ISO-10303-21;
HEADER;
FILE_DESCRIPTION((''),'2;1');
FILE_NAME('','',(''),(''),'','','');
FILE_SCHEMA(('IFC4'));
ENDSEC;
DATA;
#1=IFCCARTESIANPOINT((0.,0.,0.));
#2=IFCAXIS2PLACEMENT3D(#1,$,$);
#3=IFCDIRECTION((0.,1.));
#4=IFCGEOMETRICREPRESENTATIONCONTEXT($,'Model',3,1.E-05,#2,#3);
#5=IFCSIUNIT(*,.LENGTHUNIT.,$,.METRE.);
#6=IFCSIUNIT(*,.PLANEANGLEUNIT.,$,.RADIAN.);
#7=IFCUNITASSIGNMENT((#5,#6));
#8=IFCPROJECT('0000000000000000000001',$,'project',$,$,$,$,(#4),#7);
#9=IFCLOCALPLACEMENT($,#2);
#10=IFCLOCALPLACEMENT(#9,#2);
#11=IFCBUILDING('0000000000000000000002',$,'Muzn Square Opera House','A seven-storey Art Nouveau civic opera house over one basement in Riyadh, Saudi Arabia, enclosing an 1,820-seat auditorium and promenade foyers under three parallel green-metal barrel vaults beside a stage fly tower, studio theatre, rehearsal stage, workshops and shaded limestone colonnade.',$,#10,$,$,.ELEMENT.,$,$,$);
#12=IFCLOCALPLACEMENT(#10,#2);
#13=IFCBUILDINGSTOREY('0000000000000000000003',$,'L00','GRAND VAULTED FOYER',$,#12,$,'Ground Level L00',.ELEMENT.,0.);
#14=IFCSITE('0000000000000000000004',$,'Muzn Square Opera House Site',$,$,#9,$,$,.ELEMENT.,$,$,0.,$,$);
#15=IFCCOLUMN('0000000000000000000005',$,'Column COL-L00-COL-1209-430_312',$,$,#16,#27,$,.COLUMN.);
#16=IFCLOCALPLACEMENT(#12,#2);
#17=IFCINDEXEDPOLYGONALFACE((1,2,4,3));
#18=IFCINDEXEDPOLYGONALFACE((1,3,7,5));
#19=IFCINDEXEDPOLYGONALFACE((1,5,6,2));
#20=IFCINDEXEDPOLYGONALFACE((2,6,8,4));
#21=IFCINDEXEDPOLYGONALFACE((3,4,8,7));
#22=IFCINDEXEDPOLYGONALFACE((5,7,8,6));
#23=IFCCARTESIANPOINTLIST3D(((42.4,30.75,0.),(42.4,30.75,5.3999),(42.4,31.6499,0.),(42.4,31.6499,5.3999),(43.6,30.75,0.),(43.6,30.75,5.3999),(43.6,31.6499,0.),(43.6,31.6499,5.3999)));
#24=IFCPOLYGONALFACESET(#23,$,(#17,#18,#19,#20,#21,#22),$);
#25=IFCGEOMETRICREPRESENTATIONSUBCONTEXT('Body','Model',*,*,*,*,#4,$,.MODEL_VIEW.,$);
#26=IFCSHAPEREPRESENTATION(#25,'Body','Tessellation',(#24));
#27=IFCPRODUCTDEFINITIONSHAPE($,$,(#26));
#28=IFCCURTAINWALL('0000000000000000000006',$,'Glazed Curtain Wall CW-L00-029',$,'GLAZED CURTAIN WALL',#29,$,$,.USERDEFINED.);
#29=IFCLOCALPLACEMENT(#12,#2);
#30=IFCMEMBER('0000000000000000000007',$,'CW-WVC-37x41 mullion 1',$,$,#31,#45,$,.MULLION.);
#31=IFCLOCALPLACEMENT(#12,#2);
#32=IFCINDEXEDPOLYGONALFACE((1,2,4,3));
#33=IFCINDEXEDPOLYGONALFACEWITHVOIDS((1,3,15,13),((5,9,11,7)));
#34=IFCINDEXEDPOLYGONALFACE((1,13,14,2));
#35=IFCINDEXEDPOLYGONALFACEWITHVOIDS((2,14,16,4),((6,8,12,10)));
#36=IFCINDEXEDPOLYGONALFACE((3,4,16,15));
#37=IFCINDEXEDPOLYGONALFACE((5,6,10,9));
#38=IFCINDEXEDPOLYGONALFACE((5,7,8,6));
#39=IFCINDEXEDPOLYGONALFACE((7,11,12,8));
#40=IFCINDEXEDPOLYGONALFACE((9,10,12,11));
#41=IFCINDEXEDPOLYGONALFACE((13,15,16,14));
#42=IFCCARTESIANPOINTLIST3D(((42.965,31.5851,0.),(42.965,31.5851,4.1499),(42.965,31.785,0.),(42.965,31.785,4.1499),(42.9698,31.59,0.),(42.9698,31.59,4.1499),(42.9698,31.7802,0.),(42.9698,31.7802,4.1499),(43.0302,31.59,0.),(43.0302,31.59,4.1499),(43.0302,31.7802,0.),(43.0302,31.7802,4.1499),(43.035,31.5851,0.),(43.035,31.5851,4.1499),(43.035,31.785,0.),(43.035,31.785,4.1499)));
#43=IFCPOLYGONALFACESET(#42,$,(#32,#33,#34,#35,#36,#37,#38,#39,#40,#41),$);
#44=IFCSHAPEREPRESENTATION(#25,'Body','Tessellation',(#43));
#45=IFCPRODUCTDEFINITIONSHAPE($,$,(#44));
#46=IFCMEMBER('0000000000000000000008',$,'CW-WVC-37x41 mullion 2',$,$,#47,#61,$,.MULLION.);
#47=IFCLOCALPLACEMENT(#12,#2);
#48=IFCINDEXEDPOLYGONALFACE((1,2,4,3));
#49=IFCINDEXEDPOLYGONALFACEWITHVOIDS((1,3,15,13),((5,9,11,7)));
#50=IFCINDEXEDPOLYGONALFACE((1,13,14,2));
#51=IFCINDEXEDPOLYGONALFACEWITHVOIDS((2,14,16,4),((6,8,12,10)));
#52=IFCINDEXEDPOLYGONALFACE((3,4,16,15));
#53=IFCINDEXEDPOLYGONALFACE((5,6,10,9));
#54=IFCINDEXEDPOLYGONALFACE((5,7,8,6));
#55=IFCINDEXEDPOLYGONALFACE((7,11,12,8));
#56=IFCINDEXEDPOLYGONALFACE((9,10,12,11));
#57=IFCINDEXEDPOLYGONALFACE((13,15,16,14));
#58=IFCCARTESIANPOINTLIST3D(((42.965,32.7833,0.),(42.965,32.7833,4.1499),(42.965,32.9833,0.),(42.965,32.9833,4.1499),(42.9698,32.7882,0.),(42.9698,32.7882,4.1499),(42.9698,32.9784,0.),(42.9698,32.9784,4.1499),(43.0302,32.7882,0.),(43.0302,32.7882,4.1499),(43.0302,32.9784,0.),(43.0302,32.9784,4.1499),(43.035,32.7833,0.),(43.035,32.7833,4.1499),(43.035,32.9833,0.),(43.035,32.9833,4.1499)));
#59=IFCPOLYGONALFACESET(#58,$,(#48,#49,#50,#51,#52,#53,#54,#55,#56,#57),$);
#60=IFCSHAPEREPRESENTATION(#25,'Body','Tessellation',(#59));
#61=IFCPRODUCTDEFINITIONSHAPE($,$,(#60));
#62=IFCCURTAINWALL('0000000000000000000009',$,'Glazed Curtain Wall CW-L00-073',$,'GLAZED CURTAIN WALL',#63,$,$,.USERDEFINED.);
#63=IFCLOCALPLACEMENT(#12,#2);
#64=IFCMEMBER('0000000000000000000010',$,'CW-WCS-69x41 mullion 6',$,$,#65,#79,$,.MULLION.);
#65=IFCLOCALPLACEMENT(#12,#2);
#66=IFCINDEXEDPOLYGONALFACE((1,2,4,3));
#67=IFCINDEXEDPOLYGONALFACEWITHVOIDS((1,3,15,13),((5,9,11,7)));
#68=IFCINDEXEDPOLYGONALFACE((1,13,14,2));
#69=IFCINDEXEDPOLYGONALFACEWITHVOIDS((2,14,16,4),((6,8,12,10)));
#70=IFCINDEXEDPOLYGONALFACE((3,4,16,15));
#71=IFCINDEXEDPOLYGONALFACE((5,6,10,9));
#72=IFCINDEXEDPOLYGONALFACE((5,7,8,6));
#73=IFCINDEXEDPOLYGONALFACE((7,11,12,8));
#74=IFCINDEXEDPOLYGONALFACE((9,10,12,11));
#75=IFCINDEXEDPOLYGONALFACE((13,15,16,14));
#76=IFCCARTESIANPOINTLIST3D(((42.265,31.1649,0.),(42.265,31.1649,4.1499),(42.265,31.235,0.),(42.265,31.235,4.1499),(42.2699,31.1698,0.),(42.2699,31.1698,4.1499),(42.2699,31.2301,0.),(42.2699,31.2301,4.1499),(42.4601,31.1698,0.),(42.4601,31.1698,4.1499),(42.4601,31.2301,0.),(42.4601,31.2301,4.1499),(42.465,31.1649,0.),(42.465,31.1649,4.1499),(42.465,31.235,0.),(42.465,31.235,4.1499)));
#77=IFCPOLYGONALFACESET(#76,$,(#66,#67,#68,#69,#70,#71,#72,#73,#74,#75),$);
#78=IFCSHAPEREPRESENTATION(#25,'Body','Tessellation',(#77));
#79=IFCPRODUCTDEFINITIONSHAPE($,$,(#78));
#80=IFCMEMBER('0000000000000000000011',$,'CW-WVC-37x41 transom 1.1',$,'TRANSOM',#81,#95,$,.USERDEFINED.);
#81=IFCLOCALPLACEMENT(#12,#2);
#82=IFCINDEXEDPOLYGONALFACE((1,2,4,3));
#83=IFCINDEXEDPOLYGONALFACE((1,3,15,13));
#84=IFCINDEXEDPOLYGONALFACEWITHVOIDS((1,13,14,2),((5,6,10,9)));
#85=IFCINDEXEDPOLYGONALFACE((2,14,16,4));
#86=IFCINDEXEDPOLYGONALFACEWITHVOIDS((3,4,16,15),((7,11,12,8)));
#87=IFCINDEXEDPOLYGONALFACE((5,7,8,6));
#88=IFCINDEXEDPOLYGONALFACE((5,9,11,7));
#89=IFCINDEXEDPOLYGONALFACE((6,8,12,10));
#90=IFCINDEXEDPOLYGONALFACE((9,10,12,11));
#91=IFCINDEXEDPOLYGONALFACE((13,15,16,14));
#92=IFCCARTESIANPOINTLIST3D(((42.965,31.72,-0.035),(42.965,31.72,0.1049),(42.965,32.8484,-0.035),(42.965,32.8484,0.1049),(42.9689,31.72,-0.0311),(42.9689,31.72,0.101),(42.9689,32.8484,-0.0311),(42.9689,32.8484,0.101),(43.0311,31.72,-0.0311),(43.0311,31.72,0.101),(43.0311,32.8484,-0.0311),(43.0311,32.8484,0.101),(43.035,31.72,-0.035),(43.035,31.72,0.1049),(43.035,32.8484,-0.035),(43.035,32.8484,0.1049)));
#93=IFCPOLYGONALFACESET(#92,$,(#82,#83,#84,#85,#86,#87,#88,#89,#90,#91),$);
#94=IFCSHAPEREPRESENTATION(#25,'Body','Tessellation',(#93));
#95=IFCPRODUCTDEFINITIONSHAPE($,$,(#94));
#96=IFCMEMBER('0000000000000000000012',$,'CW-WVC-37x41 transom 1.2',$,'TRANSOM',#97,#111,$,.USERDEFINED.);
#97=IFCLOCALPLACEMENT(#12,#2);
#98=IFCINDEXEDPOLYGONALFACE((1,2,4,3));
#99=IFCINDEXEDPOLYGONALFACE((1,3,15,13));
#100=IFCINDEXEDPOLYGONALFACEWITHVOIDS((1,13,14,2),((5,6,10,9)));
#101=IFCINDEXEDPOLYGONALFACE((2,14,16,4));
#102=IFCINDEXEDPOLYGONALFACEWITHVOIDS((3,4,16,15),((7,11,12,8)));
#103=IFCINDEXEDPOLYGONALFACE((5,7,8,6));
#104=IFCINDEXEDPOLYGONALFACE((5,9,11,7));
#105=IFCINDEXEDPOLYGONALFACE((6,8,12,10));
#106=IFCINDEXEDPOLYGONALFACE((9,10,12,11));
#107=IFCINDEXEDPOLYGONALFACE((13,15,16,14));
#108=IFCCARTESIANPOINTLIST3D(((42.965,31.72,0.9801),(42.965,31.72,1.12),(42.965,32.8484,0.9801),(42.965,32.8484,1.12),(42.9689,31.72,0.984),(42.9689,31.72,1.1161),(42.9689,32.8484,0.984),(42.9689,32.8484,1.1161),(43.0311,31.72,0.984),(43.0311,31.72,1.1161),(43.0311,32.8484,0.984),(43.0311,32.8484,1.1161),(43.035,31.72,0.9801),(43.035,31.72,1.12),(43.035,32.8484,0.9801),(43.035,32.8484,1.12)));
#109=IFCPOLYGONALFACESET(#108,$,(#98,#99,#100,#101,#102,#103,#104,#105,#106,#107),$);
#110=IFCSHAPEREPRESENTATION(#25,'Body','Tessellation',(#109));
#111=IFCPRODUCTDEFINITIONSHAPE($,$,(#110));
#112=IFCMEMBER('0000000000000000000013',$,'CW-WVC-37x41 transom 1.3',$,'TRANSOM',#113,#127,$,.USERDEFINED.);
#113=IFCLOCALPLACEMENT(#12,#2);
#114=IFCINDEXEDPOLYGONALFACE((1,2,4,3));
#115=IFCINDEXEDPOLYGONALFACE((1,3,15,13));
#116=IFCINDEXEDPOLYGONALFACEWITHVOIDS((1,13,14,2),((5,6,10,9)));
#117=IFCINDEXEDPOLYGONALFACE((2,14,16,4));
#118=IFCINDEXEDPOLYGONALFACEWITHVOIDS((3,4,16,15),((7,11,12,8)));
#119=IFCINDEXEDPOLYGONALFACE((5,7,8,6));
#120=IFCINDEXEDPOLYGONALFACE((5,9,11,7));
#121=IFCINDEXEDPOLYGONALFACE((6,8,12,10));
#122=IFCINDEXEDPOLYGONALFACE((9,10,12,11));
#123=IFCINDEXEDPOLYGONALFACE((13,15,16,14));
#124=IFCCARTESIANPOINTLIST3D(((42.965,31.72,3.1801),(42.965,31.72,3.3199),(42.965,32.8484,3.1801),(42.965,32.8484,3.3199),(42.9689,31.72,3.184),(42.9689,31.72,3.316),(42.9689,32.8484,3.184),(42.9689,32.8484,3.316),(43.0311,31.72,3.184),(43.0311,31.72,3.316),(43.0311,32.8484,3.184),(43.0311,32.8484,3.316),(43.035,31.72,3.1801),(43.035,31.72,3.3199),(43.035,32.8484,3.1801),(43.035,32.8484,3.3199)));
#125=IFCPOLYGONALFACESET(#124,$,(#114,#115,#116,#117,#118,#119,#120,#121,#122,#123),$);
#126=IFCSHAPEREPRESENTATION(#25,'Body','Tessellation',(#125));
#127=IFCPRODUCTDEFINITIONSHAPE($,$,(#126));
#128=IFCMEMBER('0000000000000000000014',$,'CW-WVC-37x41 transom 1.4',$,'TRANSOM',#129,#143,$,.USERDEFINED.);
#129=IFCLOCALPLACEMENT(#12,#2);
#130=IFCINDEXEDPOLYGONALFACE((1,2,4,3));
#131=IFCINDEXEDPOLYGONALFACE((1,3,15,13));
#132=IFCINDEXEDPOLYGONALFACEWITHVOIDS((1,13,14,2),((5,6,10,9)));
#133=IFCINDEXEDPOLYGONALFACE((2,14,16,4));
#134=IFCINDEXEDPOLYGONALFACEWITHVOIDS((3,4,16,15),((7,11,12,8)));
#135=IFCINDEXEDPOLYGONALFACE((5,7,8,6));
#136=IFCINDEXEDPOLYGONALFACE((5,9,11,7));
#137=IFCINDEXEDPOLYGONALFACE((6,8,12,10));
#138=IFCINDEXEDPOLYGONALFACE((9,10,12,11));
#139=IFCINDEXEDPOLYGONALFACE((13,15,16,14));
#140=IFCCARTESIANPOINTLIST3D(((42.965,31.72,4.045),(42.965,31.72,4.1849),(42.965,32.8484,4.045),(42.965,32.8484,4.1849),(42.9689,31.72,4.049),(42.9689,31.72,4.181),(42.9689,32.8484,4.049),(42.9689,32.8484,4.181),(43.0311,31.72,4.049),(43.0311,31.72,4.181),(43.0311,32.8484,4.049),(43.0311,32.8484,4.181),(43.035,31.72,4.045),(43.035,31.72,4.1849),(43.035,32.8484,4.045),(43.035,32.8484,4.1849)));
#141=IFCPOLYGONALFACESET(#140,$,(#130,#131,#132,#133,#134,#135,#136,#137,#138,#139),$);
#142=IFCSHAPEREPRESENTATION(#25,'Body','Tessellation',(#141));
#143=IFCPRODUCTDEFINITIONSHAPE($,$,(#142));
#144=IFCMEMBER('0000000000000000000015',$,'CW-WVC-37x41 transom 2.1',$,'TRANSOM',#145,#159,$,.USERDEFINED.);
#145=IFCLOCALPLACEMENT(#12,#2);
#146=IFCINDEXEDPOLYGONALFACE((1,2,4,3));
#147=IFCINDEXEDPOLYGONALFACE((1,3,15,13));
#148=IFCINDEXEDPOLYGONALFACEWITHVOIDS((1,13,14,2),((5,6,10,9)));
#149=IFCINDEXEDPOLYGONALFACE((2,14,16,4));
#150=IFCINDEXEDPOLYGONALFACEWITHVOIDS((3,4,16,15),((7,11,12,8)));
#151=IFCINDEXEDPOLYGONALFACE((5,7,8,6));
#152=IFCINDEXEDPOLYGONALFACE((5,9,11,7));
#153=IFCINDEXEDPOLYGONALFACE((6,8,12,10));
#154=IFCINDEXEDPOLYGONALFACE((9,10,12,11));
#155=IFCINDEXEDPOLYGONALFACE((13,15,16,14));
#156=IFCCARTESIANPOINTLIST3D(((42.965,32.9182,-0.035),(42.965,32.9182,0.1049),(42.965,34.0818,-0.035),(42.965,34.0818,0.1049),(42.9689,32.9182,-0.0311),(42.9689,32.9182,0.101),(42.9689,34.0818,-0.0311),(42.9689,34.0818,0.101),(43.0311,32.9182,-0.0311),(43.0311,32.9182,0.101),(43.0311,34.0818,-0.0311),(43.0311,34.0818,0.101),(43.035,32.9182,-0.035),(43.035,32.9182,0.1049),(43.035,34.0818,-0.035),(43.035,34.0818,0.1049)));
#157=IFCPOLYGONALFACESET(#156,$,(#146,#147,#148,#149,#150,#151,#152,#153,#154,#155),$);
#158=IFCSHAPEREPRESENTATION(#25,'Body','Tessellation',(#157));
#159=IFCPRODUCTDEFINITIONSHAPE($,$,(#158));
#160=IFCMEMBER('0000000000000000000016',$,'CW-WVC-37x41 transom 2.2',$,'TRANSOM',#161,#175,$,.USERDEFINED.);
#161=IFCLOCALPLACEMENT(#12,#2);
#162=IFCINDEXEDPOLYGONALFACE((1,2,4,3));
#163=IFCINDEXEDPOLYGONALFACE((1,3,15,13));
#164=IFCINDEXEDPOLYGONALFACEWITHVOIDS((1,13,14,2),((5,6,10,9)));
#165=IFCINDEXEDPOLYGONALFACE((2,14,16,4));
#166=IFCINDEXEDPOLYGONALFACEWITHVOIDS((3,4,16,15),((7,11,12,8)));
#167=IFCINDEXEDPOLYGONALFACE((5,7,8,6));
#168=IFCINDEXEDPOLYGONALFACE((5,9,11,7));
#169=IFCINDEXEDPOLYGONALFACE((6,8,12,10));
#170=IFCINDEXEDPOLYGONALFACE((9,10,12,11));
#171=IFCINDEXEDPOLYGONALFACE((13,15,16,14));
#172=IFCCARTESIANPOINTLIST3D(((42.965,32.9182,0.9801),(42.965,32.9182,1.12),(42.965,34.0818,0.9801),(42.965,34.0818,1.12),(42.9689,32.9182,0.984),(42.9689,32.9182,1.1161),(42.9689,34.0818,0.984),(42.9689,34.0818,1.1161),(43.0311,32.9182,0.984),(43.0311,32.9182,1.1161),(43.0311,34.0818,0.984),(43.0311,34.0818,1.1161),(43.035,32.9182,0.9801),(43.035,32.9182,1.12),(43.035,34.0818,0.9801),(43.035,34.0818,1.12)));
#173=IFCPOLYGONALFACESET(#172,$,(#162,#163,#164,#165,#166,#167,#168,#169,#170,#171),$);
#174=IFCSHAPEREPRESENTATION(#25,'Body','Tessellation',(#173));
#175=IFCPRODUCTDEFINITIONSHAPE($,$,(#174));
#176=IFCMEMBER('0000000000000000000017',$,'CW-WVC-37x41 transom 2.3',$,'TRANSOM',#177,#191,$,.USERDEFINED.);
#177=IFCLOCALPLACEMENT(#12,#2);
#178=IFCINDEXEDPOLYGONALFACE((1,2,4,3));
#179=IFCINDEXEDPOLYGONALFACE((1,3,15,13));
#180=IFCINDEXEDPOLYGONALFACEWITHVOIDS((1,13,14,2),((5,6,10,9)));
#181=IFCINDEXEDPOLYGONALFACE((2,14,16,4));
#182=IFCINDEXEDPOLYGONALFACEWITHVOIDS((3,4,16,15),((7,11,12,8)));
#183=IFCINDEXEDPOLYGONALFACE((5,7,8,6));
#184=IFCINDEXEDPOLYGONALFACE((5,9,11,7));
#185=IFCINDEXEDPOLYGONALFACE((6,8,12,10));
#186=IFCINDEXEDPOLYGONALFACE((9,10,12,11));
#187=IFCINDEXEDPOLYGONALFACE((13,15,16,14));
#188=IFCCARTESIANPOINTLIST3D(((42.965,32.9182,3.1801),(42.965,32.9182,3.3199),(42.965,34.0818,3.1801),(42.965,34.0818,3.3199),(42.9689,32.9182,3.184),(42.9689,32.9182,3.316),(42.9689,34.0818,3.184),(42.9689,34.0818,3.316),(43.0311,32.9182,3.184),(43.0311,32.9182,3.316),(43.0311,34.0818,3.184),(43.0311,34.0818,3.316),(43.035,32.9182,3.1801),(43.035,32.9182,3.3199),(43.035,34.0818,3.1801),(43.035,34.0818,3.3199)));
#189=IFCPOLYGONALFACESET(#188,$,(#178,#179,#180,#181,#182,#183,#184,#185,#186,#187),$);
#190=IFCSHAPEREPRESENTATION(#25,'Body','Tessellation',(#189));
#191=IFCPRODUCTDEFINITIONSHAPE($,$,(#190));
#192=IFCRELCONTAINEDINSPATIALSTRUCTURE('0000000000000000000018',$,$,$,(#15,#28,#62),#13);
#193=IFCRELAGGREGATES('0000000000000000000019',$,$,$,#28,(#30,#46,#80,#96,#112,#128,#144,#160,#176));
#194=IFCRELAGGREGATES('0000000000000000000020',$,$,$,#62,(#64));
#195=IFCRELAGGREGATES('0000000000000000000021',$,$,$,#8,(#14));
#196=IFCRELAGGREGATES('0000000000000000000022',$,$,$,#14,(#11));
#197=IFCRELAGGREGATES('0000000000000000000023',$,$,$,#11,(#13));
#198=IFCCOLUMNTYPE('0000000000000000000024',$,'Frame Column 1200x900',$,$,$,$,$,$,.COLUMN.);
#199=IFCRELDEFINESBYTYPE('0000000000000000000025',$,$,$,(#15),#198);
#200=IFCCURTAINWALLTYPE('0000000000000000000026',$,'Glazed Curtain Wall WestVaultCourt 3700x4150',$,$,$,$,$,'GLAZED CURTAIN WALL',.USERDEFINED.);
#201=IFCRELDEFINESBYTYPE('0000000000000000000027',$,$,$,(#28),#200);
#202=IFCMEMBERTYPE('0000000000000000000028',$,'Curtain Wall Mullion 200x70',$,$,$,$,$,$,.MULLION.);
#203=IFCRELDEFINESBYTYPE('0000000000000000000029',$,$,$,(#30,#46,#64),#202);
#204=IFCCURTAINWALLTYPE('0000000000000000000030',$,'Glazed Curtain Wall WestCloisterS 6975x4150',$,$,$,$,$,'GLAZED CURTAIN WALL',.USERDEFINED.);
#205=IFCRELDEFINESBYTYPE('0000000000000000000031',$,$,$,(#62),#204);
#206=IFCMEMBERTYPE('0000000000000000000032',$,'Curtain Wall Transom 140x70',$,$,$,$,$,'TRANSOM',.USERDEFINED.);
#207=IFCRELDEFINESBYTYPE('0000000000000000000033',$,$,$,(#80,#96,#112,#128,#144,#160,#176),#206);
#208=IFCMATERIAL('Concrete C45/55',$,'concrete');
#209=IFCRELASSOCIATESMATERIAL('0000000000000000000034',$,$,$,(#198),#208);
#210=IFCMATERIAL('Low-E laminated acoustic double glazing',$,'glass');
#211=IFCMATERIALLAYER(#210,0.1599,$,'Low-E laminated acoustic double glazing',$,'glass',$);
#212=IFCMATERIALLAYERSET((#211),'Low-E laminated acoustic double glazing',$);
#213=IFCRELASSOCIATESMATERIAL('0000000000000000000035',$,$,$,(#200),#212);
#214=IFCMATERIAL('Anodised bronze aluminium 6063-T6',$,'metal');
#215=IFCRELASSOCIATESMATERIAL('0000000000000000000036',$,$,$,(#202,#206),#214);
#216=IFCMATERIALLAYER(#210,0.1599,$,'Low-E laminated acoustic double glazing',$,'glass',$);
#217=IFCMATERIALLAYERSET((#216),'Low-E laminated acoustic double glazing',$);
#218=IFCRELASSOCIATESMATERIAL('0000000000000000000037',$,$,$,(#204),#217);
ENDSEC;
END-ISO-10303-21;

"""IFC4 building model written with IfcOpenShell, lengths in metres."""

from ifc_helpers import new_model, si_unit, direction, frame, origin, origin_2d, place, context, subcontext, project, spatial, rectangle, hollow_rectangle, extrude, material, layer, layer_set, material_profile, profile_set, type_object, element, aggregate, save


model = new_model("IFC4")

# Units and contexts
model_context = context("Model", 3, precision=1e-05, world=origin(), true_north=direction((0.0, 1.0)))
body_context = subcontext(model_context, "Body", "Model", "MODEL_VIEW")
ifc_project = project(units=[si_unit("LENGTHUNIT", "METRE"), si_unit("PLANEANGLEUNIT", "RADIAN")], contexts=[model_context])

# Site, building, storey
site_placement = place(None, origin())
site = spatial("IfcSite", under=ifc_project, at=site_placement, Name="Muzn Square Opera House Site", CompositionType="ELEMENT", RefElevation=0.0)
building_placement = place(site_placement, origin())
building = spatial("IfcBuilding", under=site, at=building_placement, Name="Muzn Square Opera House", Description="A seven-storey Art Nouveau civic opera house over one basement in Riyadh, Saudi Arabia, enclosing an 1,820-seat auditorium and promenade foyers under three parallel green-metal barrel vaults beside a stage fly tower, studio theatre, rehearsal stage, workshops and shaded limestone colonnade.", CompositionType="ELEMENT")
storey_placement = place(building_placement, origin())
storey = spatial("IfcBuildingStorey", under=building, at=storey_placement, Name="L00", Description="GRAND VAULTED FOYER", LongName="Ground Level L00", CompositionType="ELEMENT", Elevation=0.0)

# Column
ifc_material_1 = material(Name="Concrete C45/55", Category="concrete")
ifc_material_profile_1 = material_profile(ifc_material_1, rectangle(XDim=1.2, YDim=0.8999, at=origin_2d()), Name="RC 1200x900", Category="concrete")
ifc_profile_set_1 = profile_set([ifc_material_profile_1], Name="Concrete C45/55")
column_type = type_object("IfcColumnType", Name="Frame Column 1200x900", PredefinedType="COLUMN", material=ifc_profile_set_1)
column_placement = place(storey_placement, frame((43.0, 31.2, 0.0), z_axis=(0.0, 0.0, 1.0), x_axis=(1.0, 0.0, 0.0)))
element("IfcColumn", 1, at=column_placement, inside=storey, type_object=column_type, Name="Column COL-L00-COL-1209-430_312", PredefinedType="COLUMN", context=body_context, shape_type="SweptSolid", body=[
    extrude(rectangle(XDim=1.2, YDim=0.8999, at=origin_2d()), origin(), (0.0, 0.0, 1.0), 5.3999),
])

# Curtain wall, members
ifc_material_2 = material(Name="Low-E laminated acoustic double glazing", Category="glass")
ifc_layer_1 = layer(ifc_material_2, 0.1599, Name="Low-E laminated acoustic double glazing", Category="glass")
ifc_layer_set_1 = layer_set([ifc_layer_1], Name="Low-E laminated acoustic double glazing")
curtain_wall_type_1 = type_object("IfcCurtainWallType", Name="Glazed Curtain Wall WestVaultCourt 3700x4150", ElementType="GLAZED CURTAIN WALL", PredefinedType="USERDEFINED", material=ifc_layer_set_1)
curtain_wall_1_placement = place(storey_placement, origin())
curtain_wall_1 = element("IfcCurtainWall", 2, at=curtain_wall_1_placement, inside=storey, type_object=curtain_wall_type_1, Name="Glazed Curtain Wall CW-L00-029", ObjectType="GLAZED CURTAIN WALL", PredefinedType="USERDEFINED")
ifc_material_3 = material(Name="Anodised bronze aluminium 6063-T6", Category="metal")
ifc_material_profile_2 = material_profile(ifc_material_3, hollow_rectangle(XDim=0.0701, YDim=0.2, WallThickness=0.0049, at=origin_2d()), Name="ALU 200x70x5", Category="metal")
ifc_profile_set_2 = profile_set([ifc_material_profile_2], Name="Anodised bronze aluminium 6063-T6")
member_type_1 = type_object("IfcMemberType", Name="Curtain Wall Mullion 200x70", PredefinedType="MULLION", material=ifc_profile_set_2)
member_1_placement = place(storey_placement, frame((43.0, 31.6851, 0.0), z_axis=(0.0, 0.0, 1.0), x_axis=(-1.0, 0.0, 0.0)))
member_1 = element("IfcMember", 3, at=member_1_placement, type_object=member_type_1, Name="CW-WVC-37x41 mullion 1", PredefinedType="MULLION", context=body_context, shape_type="SweptSolid", body=[
    extrude(hollow_rectangle(XDim=0.0701, YDim=0.2, WallThickness=0.0049, at=origin_2d()), origin(), (0.0, 0.0, 1.0), 4.1499),
])
member_2_placement = place(storey_placement, frame((43.0, 32.8833, 0.0), z_axis=(0.0, 0.0, 1.0), x_axis=(-1.0, 0.0, 0.0)))
member_2 = element("IfcMember", 4, at=member_2_placement, type_object=member_type_1, Name="CW-WVC-37x41 mullion 2", PredefinedType="MULLION", context=body_context, shape_type="SweptSolid", body=[
    extrude(hollow_rectangle(XDim=0.0701, YDim=0.2, WallThickness=0.0049, at=origin_2d()), origin(), (0.0, 0.0, 1.0), 4.1499),
])

# Curtain wall, member
ifc_layer_2 = layer(ifc_material_2, 0.1599, Name="Low-E laminated acoustic double glazing", Category="glass")
ifc_layer_set_2 = layer_set([ifc_layer_2], Name="Low-E laminated acoustic double glazing")
curtain_wall_type_2 = type_object("IfcCurtainWallType", Name="Glazed Curtain Wall WestCloisterS 6975x4150", ElementType="GLAZED CURTAIN WALL", PredefinedType="USERDEFINED", material=ifc_layer_set_2)
curtain_wall_2_placement = place(storey_placement, origin())
curtain_wall_2 = element("IfcCurtainWall", 5, at=curtain_wall_2_placement, inside=storey, type_object=curtain_wall_type_2, Name="Glazed Curtain Wall CW-L00-073", ObjectType="GLAZED CURTAIN WALL", PredefinedType="USERDEFINED")
member_3_placement = place(storey_placement, frame((42.365, 31.2, 0.0), z_axis=(0.0, 0.0, 1.0), x_axis=(0.0, 1.0, 0.0)))
member_3 = element("IfcMember", 6, at=member_3_placement, type_object=member_type_1, Name="CW-WCS-69x41 mullion 6", PredefinedType="MULLION", context=body_context, shape_type="SweptSolid", body=[
    extrude(hollow_rectangle(XDim=0.0701, YDim=0.2, WallThickness=0.0049, at=origin_2d()), origin(), (0.0, 0.0, 1.0), 4.1499),
])

# Members
ifc_material_profile_3 = material_profile(ifc_material_3, hollow_rectangle(XDim=0.0701, YDim=0.1399, WallThickness=0.0039, at=origin_2d()), Name="ALU 140x70x4", Category="metal")
ifc_profile_set_3 = profile_set([ifc_material_profile_3], Name="Anodised bronze aluminium 6063-T6")
member_type_2 = type_object("IfcMemberType", Name="Curtain Wall Transom 140x70", ElementType="TRANSOM", PredefinedType="USERDEFINED", material=ifc_profile_set_3)
member_4_placement = place(storey_placement, frame((43.0, 31.72, 0.0349), z_axis=(0.0, 1.0, 0.0), x_axis=(-1.0, 0.0, 0.0)))
member_4 = element("IfcMember", 7, at=member_4_placement, type_object=member_type_2, Name="CW-WVC-37x41 transom 1.1", ObjectType="TRANSOM", PredefinedType="USERDEFINED", context=body_context, shape_type="SweptSolid", body=[
    extrude(hollow_rectangle(XDim=0.0701, YDim=0.1399, WallThickness=0.0039, at=origin_2d()), origin(), (0.0, 0.0, 1.0), 1.1284),
])
member_5_placement = place(storey_placement, frame((43.0, 31.72, 1.05), z_axis=(0.0, 1.0, 0.0), x_axis=(-1.0, 0.0, 0.0)))
member_5 = element("IfcMember", 8, at=member_5_placement, type_object=member_type_2, Name="CW-WVC-37x41 transom 1.2", ObjectType="TRANSOM", PredefinedType="USERDEFINED", context=body_context, shape_type="SweptSolid", body=[
    extrude(hollow_rectangle(XDim=0.0701, YDim=0.1399, WallThickness=0.0039, at=origin_2d()), origin(), (0.0, 0.0, 1.0), 1.1284),
])
member_6_placement = place(storey_placement, frame((43.0, 31.72, 3.25), z_axis=(0.0, 1.0, 0.0), x_axis=(-1.0, 0.0, 0.0)))
member_6 = element("IfcMember", 9, at=member_6_placement, type_object=member_type_2, Name="CW-WVC-37x41 transom 1.3", ObjectType="TRANSOM", PredefinedType="USERDEFINED", context=body_context, shape_type="SweptSolid", body=[
    extrude(hollow_rectangle(XDim=0.0701, YDim=0.1399, WallThickness=0.0039, at=origin_2d()), origin(), (0.0, 0.0, 1.0), 1.1284),
])
member_7_placement = place(storey_placement, frame((43.0, 31.72, 4.115), z_axis=(0.0, 1.0, 0.0), x_axis=(-1.0, 0.0, 0.0)))
member_7 = element("IfcMember", 10, at=member_7_placement, type_object=member_type_2, Name="CW-WVC-37x41 transom 1.4", ObjectType="TRANSOM", PredefinedType="USERDEFINED", context=body_context, shape_type="SweptSolid", body=[
    extrude(hollow_rectangle(XDim=0.0701, YDim=0.1399, WallThickness=0.0039, at=origin_2d()), origin(), (0.0, 0.0, 1.0), 1.1284),
])
member_8_placement = place(storey_placement, frame((43.0, 32.9182, 0.0349), z_axis=(0.0, 1.0, 0.0), x_axis=(-1.0, 0.0, 0.0)))
member_8 = element("IfcMember", 11, at=member_8_placement, type_object=member_type_2, Name="CW-WVC-37x41 transom 2.1", ObjectType="TRANSOM", PredefinedType="USERDEFINED", context=body_context, shape_type="SweptSolid", body=[
    extrude(hollow_rectangle(XDim=0.0701, YDim=0.1399, WallThickness=0.0039, at=origin_2d()), origin(), (0.0, 0.0, 1.0), 1.1636),
])
member_9_placement = place(storey_placement, frame((43.0, 32.9182, 1.05), z_axis=(0.0, 1.0, 0.0), x_axis=(-1.0, 0.0, 0.0)))
member_9 = element("IfcMember", 12, at=member_9_placement, type_object=member_type_2, Name="CW-WVC-37x41 transom 2.2", ObjectType="TRANSOM", PredefinedType="USERDEFINED", context=body_context, shape_type="SweptSolid", body=[
    extrude(hollow_rectangle(XDim=0.0701, YDim=0.1399, WallThickness=0.0039, at=origin_2d()), origin(), (0.0, 0.0, 1.0), 1.1636),
])
member_10_placement = place(storey_placement, frame((43.0, 32.9182, 3.25), z_axis=(0.0, 1.0, 0.0), x_axis=(-1.0, 0.0, 0.0)))
member_10 = element("IfcMember", 13, at=member_10_placement, type_object=member_type_2, Name="CW-WVC-37x41 transom 2.3", ObjectType="TRANSOM", PredefinedType="USERDEFINED", context=body_context, shape_type="SweptSolid", body=[
    extrude(hollow_rectangle(XDim=0.0701, YDim=0.1399, WallThickness=0.0039, at=origin_2d()), origin(), (0.0, 0.0, 1.0), 1.1636),
])

aggregate(curtain_wall_1, [member_1, member_2, member_4, member_5, member_6, member_7, member_8, member_9, member_10])
aggregate(curtain_wall_2, [member_3])

save(model, "model.ifc")
